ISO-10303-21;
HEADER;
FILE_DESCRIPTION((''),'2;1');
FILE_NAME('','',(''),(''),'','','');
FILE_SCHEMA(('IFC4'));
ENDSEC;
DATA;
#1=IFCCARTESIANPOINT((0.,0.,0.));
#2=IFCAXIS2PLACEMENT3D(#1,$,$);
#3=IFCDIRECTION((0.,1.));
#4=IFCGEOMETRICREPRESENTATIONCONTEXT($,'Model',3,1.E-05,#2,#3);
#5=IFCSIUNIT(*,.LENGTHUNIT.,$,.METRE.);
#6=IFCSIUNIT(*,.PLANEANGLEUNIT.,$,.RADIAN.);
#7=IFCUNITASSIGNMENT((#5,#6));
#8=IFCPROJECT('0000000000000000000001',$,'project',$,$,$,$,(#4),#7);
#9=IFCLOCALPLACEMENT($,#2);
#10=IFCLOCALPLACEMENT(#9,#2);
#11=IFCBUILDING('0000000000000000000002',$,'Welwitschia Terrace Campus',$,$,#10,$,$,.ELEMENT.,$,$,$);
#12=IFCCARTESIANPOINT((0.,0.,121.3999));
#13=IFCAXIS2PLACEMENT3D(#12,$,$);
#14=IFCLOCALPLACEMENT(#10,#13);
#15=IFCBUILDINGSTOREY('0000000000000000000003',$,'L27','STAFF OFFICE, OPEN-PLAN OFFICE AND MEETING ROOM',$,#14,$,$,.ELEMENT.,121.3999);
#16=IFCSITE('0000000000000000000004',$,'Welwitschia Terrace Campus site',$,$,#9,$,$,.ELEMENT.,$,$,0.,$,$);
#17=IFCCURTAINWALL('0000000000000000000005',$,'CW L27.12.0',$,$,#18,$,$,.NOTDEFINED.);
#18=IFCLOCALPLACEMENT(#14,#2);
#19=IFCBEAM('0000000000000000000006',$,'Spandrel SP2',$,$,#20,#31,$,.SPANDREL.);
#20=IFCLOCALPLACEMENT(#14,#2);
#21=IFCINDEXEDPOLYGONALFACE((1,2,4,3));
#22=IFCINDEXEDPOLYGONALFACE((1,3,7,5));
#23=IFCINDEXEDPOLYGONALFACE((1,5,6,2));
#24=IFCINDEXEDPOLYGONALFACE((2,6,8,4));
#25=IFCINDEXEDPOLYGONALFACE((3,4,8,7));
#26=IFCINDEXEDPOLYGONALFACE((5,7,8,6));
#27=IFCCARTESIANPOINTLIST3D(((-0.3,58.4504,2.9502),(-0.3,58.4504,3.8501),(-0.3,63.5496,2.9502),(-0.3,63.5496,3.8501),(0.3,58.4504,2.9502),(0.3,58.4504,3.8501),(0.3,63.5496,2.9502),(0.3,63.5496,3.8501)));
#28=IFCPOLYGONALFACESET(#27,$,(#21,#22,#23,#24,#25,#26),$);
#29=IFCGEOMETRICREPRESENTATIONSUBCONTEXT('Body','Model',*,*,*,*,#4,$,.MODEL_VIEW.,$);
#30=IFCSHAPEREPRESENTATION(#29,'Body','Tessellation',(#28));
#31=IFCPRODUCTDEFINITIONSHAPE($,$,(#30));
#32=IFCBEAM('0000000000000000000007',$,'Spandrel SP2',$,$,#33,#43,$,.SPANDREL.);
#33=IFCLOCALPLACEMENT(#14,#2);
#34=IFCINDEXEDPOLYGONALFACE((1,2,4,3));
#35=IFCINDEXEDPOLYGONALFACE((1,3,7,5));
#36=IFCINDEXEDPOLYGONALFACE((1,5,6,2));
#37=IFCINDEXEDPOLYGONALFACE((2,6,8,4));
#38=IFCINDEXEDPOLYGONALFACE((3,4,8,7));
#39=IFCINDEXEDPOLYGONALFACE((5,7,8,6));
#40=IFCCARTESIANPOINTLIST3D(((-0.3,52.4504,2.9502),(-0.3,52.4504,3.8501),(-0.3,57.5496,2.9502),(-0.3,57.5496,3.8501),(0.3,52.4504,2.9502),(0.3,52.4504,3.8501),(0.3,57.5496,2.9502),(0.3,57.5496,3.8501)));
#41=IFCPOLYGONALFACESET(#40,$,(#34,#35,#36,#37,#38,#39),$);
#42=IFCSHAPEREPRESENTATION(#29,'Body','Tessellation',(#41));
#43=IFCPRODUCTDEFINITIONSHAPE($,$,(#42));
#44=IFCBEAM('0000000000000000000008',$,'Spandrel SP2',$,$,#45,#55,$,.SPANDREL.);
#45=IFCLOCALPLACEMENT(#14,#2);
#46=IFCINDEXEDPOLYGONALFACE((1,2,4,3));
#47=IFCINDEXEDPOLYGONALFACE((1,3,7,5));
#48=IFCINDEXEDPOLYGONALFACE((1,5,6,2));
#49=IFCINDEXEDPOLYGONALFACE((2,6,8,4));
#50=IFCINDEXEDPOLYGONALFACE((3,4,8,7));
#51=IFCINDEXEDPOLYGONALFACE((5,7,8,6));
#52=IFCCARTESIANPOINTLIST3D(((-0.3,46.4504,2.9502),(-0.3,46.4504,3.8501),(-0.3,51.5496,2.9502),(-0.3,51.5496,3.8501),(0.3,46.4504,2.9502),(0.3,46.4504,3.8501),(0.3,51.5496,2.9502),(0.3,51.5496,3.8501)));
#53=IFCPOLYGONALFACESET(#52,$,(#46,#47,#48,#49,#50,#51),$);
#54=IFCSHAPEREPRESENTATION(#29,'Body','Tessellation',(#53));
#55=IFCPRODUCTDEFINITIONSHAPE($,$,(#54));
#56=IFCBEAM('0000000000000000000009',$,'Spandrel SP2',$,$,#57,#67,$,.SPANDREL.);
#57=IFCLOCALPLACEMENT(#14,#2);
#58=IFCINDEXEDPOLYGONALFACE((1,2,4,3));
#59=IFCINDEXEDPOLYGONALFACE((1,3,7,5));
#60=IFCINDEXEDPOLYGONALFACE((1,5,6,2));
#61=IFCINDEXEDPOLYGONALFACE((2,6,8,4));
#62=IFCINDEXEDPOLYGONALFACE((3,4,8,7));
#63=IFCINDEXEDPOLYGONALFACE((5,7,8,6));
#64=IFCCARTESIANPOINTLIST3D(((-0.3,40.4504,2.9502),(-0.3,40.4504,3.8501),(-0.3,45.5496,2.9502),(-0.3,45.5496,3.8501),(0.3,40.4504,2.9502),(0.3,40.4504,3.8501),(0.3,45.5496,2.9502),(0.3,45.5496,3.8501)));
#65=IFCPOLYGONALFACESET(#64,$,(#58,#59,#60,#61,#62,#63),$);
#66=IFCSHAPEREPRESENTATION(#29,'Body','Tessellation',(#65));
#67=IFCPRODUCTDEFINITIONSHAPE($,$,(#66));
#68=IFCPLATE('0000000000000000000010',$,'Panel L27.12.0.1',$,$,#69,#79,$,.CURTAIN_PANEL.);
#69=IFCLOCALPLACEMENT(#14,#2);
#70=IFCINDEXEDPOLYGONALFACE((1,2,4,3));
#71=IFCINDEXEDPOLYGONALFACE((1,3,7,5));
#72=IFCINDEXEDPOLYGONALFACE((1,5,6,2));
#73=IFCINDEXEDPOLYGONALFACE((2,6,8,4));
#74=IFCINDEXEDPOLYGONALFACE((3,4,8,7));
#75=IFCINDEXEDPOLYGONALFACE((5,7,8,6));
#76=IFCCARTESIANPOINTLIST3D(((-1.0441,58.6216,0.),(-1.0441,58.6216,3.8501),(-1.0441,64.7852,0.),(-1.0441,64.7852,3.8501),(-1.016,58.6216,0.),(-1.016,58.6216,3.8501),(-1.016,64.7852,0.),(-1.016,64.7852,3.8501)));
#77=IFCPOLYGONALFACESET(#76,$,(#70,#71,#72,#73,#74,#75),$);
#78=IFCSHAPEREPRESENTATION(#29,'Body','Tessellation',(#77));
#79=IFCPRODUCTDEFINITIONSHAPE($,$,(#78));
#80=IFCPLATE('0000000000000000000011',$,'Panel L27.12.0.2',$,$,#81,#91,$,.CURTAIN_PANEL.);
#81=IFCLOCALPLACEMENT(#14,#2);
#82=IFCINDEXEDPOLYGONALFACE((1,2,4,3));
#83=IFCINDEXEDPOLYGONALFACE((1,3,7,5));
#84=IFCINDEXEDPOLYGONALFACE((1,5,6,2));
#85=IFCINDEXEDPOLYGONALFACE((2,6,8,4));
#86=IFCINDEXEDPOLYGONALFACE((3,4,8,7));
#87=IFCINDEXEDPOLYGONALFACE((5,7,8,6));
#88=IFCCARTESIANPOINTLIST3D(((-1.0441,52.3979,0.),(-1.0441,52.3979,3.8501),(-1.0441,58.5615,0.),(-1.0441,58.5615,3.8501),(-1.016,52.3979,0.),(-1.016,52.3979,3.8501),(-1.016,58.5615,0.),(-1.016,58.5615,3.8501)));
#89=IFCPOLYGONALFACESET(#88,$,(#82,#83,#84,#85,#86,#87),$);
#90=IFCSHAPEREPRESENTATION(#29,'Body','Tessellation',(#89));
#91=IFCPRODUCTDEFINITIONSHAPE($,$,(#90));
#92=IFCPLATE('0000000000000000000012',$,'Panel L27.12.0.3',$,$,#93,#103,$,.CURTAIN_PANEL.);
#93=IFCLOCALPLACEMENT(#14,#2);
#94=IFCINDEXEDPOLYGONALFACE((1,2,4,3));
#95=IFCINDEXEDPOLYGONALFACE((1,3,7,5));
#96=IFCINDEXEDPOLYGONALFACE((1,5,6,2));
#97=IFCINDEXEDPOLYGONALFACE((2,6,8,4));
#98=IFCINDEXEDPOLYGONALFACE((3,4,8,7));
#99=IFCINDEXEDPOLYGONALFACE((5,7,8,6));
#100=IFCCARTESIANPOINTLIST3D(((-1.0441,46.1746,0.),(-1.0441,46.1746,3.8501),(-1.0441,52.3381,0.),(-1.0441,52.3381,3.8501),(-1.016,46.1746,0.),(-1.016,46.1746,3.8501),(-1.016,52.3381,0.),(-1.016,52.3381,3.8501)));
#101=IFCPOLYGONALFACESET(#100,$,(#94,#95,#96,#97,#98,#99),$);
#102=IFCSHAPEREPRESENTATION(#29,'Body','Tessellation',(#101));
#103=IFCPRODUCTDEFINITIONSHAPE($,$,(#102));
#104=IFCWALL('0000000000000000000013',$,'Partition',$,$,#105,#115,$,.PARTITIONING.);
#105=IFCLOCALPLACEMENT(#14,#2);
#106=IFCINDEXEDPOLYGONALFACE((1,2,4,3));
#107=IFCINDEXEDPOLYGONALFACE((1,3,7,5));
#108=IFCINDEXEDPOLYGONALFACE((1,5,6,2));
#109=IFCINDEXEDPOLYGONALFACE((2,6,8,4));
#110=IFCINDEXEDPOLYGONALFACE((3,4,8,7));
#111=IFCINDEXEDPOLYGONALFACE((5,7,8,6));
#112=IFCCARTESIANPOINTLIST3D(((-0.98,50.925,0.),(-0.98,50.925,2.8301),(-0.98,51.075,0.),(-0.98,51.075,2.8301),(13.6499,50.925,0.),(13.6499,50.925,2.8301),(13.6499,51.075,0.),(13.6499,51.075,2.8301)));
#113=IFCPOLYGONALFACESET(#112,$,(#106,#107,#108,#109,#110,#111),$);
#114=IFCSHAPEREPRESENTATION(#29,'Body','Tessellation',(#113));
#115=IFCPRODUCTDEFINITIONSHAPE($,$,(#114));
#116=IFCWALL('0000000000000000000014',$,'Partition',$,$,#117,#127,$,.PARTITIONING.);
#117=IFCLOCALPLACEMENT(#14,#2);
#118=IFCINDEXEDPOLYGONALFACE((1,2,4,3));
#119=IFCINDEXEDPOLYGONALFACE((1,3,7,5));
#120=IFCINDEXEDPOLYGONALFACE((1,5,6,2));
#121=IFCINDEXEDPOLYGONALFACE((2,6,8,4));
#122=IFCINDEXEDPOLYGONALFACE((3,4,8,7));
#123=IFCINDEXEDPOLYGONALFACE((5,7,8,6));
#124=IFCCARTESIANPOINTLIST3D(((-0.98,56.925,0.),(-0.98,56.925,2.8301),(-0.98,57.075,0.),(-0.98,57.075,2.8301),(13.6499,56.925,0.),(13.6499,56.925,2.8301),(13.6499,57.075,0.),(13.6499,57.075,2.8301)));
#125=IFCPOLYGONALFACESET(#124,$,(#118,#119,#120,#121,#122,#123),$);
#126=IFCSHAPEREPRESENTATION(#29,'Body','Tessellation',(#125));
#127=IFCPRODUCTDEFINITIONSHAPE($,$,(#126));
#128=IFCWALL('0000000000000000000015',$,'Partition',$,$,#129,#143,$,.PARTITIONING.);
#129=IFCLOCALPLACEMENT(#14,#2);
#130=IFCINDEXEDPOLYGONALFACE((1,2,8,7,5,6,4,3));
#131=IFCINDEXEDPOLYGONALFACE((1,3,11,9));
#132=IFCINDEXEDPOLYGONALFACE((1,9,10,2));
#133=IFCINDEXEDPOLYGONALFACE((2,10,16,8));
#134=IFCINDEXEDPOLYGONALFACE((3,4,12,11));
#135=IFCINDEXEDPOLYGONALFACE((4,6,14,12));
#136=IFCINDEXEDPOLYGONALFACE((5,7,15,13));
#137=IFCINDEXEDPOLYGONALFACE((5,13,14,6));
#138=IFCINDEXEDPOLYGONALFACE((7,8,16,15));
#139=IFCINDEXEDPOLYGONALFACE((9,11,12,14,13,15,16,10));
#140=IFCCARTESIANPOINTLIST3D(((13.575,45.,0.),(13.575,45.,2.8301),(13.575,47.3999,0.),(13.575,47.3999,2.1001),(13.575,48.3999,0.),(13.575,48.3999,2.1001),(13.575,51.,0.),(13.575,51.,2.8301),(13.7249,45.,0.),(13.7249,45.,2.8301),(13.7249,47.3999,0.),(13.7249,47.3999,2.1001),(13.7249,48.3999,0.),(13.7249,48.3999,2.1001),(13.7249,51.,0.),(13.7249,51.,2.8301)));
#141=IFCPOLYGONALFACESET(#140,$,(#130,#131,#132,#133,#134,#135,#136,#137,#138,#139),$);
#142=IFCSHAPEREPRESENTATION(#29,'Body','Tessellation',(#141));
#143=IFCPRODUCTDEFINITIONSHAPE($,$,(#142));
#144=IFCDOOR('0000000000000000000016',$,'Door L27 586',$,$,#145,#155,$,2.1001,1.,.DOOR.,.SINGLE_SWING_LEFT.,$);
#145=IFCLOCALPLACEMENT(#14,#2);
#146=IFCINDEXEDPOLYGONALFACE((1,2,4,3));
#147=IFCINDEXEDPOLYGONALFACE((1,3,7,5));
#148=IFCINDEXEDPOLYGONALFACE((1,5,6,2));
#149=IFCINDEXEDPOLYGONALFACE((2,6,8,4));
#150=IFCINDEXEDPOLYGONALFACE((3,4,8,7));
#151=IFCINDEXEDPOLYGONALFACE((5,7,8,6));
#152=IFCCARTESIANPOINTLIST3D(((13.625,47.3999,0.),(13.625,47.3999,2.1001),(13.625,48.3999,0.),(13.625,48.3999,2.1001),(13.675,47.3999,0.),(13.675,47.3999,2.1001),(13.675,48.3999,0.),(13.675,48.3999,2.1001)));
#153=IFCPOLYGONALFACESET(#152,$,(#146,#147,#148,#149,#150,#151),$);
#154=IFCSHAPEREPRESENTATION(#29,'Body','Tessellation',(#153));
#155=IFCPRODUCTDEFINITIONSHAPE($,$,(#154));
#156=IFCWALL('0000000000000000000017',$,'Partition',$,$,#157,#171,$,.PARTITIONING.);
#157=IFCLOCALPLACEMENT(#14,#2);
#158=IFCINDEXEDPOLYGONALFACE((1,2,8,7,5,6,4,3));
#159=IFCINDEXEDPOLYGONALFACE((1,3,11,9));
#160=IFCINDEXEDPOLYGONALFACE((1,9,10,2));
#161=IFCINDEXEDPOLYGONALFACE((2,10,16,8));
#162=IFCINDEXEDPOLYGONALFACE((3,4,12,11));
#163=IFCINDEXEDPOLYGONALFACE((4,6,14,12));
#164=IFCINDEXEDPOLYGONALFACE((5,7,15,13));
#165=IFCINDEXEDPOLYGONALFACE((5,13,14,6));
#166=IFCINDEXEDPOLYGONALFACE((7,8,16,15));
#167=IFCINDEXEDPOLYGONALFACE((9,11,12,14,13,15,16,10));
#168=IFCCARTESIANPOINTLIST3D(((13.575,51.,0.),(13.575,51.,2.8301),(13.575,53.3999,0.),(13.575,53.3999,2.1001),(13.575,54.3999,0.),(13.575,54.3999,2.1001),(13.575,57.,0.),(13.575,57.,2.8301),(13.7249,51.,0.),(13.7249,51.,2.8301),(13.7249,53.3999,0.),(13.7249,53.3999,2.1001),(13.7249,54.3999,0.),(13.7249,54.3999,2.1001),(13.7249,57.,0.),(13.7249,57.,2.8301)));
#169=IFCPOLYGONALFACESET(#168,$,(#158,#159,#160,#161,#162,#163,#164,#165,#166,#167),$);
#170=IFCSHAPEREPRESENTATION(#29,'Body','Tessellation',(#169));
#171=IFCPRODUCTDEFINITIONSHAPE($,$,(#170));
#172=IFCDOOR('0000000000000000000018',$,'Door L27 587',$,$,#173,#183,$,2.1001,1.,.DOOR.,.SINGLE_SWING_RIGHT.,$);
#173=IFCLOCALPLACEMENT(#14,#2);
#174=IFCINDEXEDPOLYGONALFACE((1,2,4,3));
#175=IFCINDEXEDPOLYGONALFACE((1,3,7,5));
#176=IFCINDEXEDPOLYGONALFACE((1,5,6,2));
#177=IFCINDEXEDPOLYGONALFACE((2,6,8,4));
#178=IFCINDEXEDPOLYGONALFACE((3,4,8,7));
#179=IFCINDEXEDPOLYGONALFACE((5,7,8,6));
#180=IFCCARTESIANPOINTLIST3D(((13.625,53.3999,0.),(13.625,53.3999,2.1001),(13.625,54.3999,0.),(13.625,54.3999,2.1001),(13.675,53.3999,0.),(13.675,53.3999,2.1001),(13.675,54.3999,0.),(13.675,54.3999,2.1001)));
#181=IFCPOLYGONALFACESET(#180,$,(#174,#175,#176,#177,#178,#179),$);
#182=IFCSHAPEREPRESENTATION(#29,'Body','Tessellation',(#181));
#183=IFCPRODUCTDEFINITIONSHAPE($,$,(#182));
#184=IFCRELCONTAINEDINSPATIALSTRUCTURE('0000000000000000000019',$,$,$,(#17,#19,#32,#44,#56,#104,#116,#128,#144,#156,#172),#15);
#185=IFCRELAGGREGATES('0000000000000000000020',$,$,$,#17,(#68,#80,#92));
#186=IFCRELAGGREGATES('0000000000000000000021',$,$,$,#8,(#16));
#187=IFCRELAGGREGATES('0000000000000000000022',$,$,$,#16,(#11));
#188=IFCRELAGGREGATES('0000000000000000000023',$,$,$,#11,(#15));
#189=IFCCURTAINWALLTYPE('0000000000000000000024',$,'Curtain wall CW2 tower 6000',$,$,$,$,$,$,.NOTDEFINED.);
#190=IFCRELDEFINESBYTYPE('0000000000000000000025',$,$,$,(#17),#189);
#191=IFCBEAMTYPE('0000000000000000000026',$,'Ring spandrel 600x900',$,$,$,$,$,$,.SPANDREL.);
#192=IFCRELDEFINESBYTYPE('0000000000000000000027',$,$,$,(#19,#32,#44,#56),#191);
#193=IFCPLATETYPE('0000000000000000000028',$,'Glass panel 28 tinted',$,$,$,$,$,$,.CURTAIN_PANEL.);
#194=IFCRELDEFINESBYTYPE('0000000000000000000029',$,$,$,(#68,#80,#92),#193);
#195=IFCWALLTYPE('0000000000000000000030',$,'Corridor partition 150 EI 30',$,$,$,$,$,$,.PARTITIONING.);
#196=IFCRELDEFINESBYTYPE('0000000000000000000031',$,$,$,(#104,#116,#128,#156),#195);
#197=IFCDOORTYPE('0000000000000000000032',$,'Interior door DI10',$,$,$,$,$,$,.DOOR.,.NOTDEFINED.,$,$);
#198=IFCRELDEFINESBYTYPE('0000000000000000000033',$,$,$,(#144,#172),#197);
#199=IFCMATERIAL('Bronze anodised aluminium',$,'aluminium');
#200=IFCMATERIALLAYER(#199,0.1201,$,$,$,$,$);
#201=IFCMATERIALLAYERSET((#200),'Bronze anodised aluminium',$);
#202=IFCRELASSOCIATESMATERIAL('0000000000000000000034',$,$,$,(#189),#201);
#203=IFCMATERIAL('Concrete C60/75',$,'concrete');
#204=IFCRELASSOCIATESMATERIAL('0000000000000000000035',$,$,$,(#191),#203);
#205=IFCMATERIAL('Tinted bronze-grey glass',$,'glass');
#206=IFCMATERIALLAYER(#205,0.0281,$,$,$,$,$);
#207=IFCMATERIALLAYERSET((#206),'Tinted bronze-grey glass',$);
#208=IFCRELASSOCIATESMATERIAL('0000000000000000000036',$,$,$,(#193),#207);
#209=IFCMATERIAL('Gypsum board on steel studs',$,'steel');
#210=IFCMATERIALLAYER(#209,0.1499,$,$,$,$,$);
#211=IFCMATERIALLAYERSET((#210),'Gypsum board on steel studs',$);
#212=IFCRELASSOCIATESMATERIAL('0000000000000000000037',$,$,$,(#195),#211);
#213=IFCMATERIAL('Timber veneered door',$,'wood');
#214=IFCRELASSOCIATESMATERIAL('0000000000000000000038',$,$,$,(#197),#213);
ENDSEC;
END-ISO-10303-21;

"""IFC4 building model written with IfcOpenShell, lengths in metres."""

from ifc_helpers import new_model, si_unit, direction, frame, frame_2d, origin, origin_2d, place, context, subcontext, project, spatial, rectangle, extrude, material, layer, layer_set, material_profile, profile_set, type_object, element, fill, aggregate, save


model = new_model("IFC4")

# Units and contexts
model_context = context("Model", 3, precision=1e-05, world=origin(), true_north=direction((0.0, 1.0)))
body_context = subcontext(model_context, "Body", "Model", "MODEL_VIEW")
ifc_project = project(units=[si_unit("LENGTHUNIT", "METRE"), si_unit("PLANEANGLEUNIT", "RADIAN")], contexts=[model_context])

# Site, building, storey
site_placement = place(None, origin())
site = spatial("IfcSite", under=ifc_project, at=site_placement, Name="Welwitschia Terrace Campus site", CompositionType="ELEMENT", RefElevation=0.0)
building_placement = place(site_placement, origin())
building = spatial("IfcBuilding", under=site, at=building_placement, Name="Welwitschia Terrace Campus", CompositionType="ELEMENT")
storey_placement = place(building_placement, frame((0.0, 0.0, 121.3999)))
storey = spatial("IfcBuildingStorey", under=building, at=storey_placement, Name="L27", Description="STAFF OFFICE, OPEN-PLAN OFFICE AND MEETING ROOM", CompositionType="ELEMENT", Elevation=121.3999)

# Curtain wall
ifc_material_1 = material(Name="Bronze anodised aluminium", Category="aluminium")
ifc_layer_1 = layer(ifc_material_1, 0.1201)
ifc_layer_set_1 = layer_set([ifc_layer_1], Name="Bronze anodised aluminium")
curtain_wall_type = type_object("IfcCurtainWallType", Name="Curtain wall CW2 tower 6000", PredefinedType="NOTDEFINED", material=ifc_layer_set_1)
curtain_wall_placement = place(storey_placement, origin())
curtain_wall = element("IfcCurtainWall", 1, at=curtain_wall_placement, inside=storey, type_object=curtain_wall_type, Name="CW L27.12.0", PredefinedType="NOTDEFINED")

# Beams
ifc_material_2 = material(Name="Concrete C60/75", Category="concrete")
ifc_material_profile_1 = material_profile(ifc_material_2, rectangle(XDim=0.6001, YDim=0.8999, at=origin_2d()))
ifc_profile_set_1 = profile_set([ifc_material_profile_1], Name="Concrete C60/75")
beam_type_1 = type_object("IfcBeamType", Name="Ring spandrel 600x900", PredefinedType="SPANDREL", material=ifc_profile_set_1)
for number, where, z_axis, x_axis, name in (
    (2, (0.0, 63.5496, 3.4001), (0.0, -1.0, 0.0), (1.0, 0.0, 0.0), "Spandrel SP2"),
    (3, (0.0, 57.5496, 3.4001), (0.0, -1.0, 0.0), (1.0, 0.0, 0.0), "Spandrel SP2"),
    (4, (0.0, 51.5496, 3.4001), (0.0, -1.0, 0.0), (1.0, 0.0, 0.0), "Spandrel SP2"),
    (5, (0.0, 45.5496, 3.4001), (0.0, -1.0, 0.0), (1.0, 0.0, 0.0), "Spandrel SP2"),
):
    element("IfcBeam", number, at=place(storey_placement, frame(where, z_axis=z_axis, x_axis=x_axis)), inside=storey, type_object=beam_type_1, Name=name, PredefinedType="SPANDREL", context=body_context, shape_type="SweptSolid", body=[
        extrude(rectangle(XDim=0.6001, YDim=0.8999, at=origin_2d()), origin(), (0.0, 0.0, 1.0), 5.0991),
    ])

# Plates
ifc_material_3 = material(Name="Tinted bronze-grey glass", Category="glass")
ifc_layer_2 = layer(ifc_material_3, 0.0281)
ifc_layer_set_2 = layer_set([ifc_layer_2], Name="Tinted bronze-grey glass")
plate_type = type_object("IfcPlateType", Name="Glass panel 28 tinted", PredefinedType="CURTAIN_PANEL", material=ifc_layer_set_2)
plate_1_placement = place(storey_placement, frame((-1.03, 61.7034, 0.0), z_axis=(0.0, 0.0, 1.0), x_axis=(0.0, -1.0, 0.0)))
plate_1 = element("IfcPlate", 6, at=plate_1_placement, type_object=plate_type, Name="Panel L27.12.0.1", PredefinedType="CURTAIN_PANEL", context=body_context, shape_type="SweptSolid", body=[
    extrude(rectangle(XDim=6.1636, YDim=0.0281, at=origin_2d()), origin(), (0.0, 0.0, 1.0), 3.8501),
])
plate_2_placement = place(storey_placement, frame((-1.03, 55.4797, 0.0), z_axis=(0.0, 0.0, 1.0), x_axis=(0.0, -1.0, 0.0)))
plate_2 = element("IfcPlate", 7, at=plate_2_placement, type_object=plate_type, Name="Panel L27.12.0.2", PredefinedType="CURTAIN_PANEL", context=body_context, shape_type="SweptSolid", body=[
    extrude(rectangle(XDim=6.1636, YDim=0.0281, at=origin_2d()), origin(), (0.0, 0.0, 1.0), 3.8501),
])
plate_3_placement = place(storey_placement, frame((-1.03, 49.2563, 0.0), z_axis=(0.0, 0.0, 1.0), x_axis=(0.0, -1.0, 0.0)))
plate_3 = element("IfcPlate", 8, at=plate_3_placement, type_object=plate_type, Name="Panel L27.12.0.3", PredefinedType="CURTAIN_PANEL", context=body_context, shape_type="SweptSolid", body=[
    extrude(rectangle(XDim=6.1636, YDim=0.0281, at=origin_2d()), origin(), (0.0, 0.0, 1.0), 3.8501),
])
aggregate(curtain_wall, [plate_1, plate_2, plate_3])

# Walls
ifc_material_4 = material(Name="Gypsum board on steel studs", Category="steel")
ifc_layer_3 = layer(ifc_material_4, 0.1499)
ifc_layer_set_3 = layer_set([ifc_layer_3], Name="Gypsum board on steel studs")
wall_type = type_object("IfcWallType", Name="Corridor partition 150 EI 30", PredefinedType="PARTITIONING", material=ifc_layer_set_3)
for number, where, z_axis, x_axis, name in (
    (9, (-0.98, 51.0, 0.0), (0.0, 0.0, 1.0), (1.0, 0.0, 0.0), "Partition"),
    (10, (-0.98, 57.0, 0.0), (0.0, 0.0, 1.0), (1.0, 0.0, 0.0), "Partition"),
):
    element("IfcWall", number, at=place(storey_placement, frame(where, z_axis=z_axis, x_axis=x_axis)), inside=storey, type_object=wall_type, Name=name, PredefinedType="PARTITIONING", context=body_context, shape_type="SweptSolid", body=[
        extrude(rectangle(XDim=14.6299, YDim=0.1499, at=frame_2d((7.3149, 0.0))), origin(), (0.0, 0.0, 1.0), 2.8301),
    ])

# Walls, openings, doors
wall_1_placement = place(storey_placement, frame((13.6499, 45.0, 0.0), z_axis=(0.0, 0.0, 1.0), x_axis=(0.0, 1.0, 0.0)))
wall_1 = element("IfcWall", 11, at=wall_1_placement, inside=storey, type_object=wall_type, Name="Partition", PredefinedType="PARTITIONING", context=body_context, shape_type="SweptSolid", body=[
    extrude(rectangle(XDim=6.0, YDim=0.1499, at=frame_2d((3.0, 0.0))), origin(), (0.0, 0.0, 1.0), 2.8301),
])
opening_1_placement = place(wall_1_placement, frame((2.3999, 0.0, 0.0)))
opening_1 = element("IfcOpeningElement", 12, at=opening_1_placement, cuts=wall_1, PredefinedType="OPENING", context=body_context, shape_type="SweptSolid", body=[
    extrude(rectangle(XDim=1.0, YDim=2.1001, at=frame_2d((0.5, 1.05))), frame((0.0, 0.085, 0.0), z_axis=(0.0, -1.0, 0.0), x_axis=(1.0, 0.0, 0.0)), (0.0, 0.0, 1.0), 0.1699),
])
ifc_material_5 = material(Name="Timber veneered door", Category="wood")
door_type_1 = type_object("IfcDoorType", Name="Interior door DI10", OperationType="NOTDEFINED", PredefinedType="DOOR", material=ifc_material_5)
door_1_placement = place(opening_1_placement, origin())
door_1 = element("IfcDoor", 13, at=door_1_placement, inside=storey, type_object=door_type_1, Name="Door L27 586", OperationType="SINGLE_SWING_LEFT", OverallHeight=2.1001, OverallWidth=1.0, PredefinedType="DOOR", context=body_context, shape_type="SweptSolid", body=[
    extrude(rectangle(XDim=1.0, YDim=2.1001, at=frame_2d((0.5, 1.05))), frame((0.0, 0.0249, 0.0), z_axis=(0.0, -1.0, 0.0), x_axis=(1.0, 0.0, 0.0)), (0.0, 0.0, 1.0), 0.05),
])
fill(opening_1, door_1)
wall_2_placement = place(storey_placement, frame((13.6499, 51.0, 0.0), z_axis=(0.0, 0.0, 1.0), x_axis=(0.0, 1.0, 0.0)))
wall_2 = element("IfcWall", 14, at=wall_2_placement, inside=storey, type_object=wall_type, Name="Partition", PredefinedType="PARTITIONING", context=body_context, shape_type="SweptSolid", body=[
    extrude(rectangle(XDim=6.0, YDim=0.1499, at=frame_2d((3.0, 0.0))), origin(), (0.0, 0.0, 1.0), 2.8301),
])
opening_2_placement = place(wall_2_placement, frame((2.3999, 0.0, 0.0)))
opening_2 = element("IfcOpeningElement", 15, at=opening_2_placement, cuts=wall_2, PredefinedType="OPENING", context=body_context, shape_type="SweptSolid", body=[
    extrude(rectangle(XDim=1.0, YDim=2.1001, at=frame_2d((0.5, 1.05))), frame((0.0, 0.085, 0.0), z_axis=(0.0, -1.0, 0.0), x_axis=(1.0, 0.0, 0.0)), (0.0, 0.0, 1.0), 0.1699),
])
door_2_placement = place(opening_2_placement, origin())
door_2 = element("IfcDoor", 16, at=door_2_placement, inside=storey, type_object=door_type_1, Name="Door L27 587", OperationType="SINGLE_SWING_RIGHT", OverallHeight=2.1001, OverallWidth=1.0, PredefinedType="DOOR", context=body_context, shape_type="SweptSolid", body=[
    extrude(rectangle(XDim=1.0, YDim=2.1001, at=frame_2d((0.5, 1.05))), frame((0.0, 0.0249, 0.0), z_axis=(0.0, -1.0, 0.0), x_axis=(1.0, 0.0, 0.0)), (0.0, 0.0, 1.0), 0.05),
])
fill(opening_2, door_2)

save(model, "model.ifc")
